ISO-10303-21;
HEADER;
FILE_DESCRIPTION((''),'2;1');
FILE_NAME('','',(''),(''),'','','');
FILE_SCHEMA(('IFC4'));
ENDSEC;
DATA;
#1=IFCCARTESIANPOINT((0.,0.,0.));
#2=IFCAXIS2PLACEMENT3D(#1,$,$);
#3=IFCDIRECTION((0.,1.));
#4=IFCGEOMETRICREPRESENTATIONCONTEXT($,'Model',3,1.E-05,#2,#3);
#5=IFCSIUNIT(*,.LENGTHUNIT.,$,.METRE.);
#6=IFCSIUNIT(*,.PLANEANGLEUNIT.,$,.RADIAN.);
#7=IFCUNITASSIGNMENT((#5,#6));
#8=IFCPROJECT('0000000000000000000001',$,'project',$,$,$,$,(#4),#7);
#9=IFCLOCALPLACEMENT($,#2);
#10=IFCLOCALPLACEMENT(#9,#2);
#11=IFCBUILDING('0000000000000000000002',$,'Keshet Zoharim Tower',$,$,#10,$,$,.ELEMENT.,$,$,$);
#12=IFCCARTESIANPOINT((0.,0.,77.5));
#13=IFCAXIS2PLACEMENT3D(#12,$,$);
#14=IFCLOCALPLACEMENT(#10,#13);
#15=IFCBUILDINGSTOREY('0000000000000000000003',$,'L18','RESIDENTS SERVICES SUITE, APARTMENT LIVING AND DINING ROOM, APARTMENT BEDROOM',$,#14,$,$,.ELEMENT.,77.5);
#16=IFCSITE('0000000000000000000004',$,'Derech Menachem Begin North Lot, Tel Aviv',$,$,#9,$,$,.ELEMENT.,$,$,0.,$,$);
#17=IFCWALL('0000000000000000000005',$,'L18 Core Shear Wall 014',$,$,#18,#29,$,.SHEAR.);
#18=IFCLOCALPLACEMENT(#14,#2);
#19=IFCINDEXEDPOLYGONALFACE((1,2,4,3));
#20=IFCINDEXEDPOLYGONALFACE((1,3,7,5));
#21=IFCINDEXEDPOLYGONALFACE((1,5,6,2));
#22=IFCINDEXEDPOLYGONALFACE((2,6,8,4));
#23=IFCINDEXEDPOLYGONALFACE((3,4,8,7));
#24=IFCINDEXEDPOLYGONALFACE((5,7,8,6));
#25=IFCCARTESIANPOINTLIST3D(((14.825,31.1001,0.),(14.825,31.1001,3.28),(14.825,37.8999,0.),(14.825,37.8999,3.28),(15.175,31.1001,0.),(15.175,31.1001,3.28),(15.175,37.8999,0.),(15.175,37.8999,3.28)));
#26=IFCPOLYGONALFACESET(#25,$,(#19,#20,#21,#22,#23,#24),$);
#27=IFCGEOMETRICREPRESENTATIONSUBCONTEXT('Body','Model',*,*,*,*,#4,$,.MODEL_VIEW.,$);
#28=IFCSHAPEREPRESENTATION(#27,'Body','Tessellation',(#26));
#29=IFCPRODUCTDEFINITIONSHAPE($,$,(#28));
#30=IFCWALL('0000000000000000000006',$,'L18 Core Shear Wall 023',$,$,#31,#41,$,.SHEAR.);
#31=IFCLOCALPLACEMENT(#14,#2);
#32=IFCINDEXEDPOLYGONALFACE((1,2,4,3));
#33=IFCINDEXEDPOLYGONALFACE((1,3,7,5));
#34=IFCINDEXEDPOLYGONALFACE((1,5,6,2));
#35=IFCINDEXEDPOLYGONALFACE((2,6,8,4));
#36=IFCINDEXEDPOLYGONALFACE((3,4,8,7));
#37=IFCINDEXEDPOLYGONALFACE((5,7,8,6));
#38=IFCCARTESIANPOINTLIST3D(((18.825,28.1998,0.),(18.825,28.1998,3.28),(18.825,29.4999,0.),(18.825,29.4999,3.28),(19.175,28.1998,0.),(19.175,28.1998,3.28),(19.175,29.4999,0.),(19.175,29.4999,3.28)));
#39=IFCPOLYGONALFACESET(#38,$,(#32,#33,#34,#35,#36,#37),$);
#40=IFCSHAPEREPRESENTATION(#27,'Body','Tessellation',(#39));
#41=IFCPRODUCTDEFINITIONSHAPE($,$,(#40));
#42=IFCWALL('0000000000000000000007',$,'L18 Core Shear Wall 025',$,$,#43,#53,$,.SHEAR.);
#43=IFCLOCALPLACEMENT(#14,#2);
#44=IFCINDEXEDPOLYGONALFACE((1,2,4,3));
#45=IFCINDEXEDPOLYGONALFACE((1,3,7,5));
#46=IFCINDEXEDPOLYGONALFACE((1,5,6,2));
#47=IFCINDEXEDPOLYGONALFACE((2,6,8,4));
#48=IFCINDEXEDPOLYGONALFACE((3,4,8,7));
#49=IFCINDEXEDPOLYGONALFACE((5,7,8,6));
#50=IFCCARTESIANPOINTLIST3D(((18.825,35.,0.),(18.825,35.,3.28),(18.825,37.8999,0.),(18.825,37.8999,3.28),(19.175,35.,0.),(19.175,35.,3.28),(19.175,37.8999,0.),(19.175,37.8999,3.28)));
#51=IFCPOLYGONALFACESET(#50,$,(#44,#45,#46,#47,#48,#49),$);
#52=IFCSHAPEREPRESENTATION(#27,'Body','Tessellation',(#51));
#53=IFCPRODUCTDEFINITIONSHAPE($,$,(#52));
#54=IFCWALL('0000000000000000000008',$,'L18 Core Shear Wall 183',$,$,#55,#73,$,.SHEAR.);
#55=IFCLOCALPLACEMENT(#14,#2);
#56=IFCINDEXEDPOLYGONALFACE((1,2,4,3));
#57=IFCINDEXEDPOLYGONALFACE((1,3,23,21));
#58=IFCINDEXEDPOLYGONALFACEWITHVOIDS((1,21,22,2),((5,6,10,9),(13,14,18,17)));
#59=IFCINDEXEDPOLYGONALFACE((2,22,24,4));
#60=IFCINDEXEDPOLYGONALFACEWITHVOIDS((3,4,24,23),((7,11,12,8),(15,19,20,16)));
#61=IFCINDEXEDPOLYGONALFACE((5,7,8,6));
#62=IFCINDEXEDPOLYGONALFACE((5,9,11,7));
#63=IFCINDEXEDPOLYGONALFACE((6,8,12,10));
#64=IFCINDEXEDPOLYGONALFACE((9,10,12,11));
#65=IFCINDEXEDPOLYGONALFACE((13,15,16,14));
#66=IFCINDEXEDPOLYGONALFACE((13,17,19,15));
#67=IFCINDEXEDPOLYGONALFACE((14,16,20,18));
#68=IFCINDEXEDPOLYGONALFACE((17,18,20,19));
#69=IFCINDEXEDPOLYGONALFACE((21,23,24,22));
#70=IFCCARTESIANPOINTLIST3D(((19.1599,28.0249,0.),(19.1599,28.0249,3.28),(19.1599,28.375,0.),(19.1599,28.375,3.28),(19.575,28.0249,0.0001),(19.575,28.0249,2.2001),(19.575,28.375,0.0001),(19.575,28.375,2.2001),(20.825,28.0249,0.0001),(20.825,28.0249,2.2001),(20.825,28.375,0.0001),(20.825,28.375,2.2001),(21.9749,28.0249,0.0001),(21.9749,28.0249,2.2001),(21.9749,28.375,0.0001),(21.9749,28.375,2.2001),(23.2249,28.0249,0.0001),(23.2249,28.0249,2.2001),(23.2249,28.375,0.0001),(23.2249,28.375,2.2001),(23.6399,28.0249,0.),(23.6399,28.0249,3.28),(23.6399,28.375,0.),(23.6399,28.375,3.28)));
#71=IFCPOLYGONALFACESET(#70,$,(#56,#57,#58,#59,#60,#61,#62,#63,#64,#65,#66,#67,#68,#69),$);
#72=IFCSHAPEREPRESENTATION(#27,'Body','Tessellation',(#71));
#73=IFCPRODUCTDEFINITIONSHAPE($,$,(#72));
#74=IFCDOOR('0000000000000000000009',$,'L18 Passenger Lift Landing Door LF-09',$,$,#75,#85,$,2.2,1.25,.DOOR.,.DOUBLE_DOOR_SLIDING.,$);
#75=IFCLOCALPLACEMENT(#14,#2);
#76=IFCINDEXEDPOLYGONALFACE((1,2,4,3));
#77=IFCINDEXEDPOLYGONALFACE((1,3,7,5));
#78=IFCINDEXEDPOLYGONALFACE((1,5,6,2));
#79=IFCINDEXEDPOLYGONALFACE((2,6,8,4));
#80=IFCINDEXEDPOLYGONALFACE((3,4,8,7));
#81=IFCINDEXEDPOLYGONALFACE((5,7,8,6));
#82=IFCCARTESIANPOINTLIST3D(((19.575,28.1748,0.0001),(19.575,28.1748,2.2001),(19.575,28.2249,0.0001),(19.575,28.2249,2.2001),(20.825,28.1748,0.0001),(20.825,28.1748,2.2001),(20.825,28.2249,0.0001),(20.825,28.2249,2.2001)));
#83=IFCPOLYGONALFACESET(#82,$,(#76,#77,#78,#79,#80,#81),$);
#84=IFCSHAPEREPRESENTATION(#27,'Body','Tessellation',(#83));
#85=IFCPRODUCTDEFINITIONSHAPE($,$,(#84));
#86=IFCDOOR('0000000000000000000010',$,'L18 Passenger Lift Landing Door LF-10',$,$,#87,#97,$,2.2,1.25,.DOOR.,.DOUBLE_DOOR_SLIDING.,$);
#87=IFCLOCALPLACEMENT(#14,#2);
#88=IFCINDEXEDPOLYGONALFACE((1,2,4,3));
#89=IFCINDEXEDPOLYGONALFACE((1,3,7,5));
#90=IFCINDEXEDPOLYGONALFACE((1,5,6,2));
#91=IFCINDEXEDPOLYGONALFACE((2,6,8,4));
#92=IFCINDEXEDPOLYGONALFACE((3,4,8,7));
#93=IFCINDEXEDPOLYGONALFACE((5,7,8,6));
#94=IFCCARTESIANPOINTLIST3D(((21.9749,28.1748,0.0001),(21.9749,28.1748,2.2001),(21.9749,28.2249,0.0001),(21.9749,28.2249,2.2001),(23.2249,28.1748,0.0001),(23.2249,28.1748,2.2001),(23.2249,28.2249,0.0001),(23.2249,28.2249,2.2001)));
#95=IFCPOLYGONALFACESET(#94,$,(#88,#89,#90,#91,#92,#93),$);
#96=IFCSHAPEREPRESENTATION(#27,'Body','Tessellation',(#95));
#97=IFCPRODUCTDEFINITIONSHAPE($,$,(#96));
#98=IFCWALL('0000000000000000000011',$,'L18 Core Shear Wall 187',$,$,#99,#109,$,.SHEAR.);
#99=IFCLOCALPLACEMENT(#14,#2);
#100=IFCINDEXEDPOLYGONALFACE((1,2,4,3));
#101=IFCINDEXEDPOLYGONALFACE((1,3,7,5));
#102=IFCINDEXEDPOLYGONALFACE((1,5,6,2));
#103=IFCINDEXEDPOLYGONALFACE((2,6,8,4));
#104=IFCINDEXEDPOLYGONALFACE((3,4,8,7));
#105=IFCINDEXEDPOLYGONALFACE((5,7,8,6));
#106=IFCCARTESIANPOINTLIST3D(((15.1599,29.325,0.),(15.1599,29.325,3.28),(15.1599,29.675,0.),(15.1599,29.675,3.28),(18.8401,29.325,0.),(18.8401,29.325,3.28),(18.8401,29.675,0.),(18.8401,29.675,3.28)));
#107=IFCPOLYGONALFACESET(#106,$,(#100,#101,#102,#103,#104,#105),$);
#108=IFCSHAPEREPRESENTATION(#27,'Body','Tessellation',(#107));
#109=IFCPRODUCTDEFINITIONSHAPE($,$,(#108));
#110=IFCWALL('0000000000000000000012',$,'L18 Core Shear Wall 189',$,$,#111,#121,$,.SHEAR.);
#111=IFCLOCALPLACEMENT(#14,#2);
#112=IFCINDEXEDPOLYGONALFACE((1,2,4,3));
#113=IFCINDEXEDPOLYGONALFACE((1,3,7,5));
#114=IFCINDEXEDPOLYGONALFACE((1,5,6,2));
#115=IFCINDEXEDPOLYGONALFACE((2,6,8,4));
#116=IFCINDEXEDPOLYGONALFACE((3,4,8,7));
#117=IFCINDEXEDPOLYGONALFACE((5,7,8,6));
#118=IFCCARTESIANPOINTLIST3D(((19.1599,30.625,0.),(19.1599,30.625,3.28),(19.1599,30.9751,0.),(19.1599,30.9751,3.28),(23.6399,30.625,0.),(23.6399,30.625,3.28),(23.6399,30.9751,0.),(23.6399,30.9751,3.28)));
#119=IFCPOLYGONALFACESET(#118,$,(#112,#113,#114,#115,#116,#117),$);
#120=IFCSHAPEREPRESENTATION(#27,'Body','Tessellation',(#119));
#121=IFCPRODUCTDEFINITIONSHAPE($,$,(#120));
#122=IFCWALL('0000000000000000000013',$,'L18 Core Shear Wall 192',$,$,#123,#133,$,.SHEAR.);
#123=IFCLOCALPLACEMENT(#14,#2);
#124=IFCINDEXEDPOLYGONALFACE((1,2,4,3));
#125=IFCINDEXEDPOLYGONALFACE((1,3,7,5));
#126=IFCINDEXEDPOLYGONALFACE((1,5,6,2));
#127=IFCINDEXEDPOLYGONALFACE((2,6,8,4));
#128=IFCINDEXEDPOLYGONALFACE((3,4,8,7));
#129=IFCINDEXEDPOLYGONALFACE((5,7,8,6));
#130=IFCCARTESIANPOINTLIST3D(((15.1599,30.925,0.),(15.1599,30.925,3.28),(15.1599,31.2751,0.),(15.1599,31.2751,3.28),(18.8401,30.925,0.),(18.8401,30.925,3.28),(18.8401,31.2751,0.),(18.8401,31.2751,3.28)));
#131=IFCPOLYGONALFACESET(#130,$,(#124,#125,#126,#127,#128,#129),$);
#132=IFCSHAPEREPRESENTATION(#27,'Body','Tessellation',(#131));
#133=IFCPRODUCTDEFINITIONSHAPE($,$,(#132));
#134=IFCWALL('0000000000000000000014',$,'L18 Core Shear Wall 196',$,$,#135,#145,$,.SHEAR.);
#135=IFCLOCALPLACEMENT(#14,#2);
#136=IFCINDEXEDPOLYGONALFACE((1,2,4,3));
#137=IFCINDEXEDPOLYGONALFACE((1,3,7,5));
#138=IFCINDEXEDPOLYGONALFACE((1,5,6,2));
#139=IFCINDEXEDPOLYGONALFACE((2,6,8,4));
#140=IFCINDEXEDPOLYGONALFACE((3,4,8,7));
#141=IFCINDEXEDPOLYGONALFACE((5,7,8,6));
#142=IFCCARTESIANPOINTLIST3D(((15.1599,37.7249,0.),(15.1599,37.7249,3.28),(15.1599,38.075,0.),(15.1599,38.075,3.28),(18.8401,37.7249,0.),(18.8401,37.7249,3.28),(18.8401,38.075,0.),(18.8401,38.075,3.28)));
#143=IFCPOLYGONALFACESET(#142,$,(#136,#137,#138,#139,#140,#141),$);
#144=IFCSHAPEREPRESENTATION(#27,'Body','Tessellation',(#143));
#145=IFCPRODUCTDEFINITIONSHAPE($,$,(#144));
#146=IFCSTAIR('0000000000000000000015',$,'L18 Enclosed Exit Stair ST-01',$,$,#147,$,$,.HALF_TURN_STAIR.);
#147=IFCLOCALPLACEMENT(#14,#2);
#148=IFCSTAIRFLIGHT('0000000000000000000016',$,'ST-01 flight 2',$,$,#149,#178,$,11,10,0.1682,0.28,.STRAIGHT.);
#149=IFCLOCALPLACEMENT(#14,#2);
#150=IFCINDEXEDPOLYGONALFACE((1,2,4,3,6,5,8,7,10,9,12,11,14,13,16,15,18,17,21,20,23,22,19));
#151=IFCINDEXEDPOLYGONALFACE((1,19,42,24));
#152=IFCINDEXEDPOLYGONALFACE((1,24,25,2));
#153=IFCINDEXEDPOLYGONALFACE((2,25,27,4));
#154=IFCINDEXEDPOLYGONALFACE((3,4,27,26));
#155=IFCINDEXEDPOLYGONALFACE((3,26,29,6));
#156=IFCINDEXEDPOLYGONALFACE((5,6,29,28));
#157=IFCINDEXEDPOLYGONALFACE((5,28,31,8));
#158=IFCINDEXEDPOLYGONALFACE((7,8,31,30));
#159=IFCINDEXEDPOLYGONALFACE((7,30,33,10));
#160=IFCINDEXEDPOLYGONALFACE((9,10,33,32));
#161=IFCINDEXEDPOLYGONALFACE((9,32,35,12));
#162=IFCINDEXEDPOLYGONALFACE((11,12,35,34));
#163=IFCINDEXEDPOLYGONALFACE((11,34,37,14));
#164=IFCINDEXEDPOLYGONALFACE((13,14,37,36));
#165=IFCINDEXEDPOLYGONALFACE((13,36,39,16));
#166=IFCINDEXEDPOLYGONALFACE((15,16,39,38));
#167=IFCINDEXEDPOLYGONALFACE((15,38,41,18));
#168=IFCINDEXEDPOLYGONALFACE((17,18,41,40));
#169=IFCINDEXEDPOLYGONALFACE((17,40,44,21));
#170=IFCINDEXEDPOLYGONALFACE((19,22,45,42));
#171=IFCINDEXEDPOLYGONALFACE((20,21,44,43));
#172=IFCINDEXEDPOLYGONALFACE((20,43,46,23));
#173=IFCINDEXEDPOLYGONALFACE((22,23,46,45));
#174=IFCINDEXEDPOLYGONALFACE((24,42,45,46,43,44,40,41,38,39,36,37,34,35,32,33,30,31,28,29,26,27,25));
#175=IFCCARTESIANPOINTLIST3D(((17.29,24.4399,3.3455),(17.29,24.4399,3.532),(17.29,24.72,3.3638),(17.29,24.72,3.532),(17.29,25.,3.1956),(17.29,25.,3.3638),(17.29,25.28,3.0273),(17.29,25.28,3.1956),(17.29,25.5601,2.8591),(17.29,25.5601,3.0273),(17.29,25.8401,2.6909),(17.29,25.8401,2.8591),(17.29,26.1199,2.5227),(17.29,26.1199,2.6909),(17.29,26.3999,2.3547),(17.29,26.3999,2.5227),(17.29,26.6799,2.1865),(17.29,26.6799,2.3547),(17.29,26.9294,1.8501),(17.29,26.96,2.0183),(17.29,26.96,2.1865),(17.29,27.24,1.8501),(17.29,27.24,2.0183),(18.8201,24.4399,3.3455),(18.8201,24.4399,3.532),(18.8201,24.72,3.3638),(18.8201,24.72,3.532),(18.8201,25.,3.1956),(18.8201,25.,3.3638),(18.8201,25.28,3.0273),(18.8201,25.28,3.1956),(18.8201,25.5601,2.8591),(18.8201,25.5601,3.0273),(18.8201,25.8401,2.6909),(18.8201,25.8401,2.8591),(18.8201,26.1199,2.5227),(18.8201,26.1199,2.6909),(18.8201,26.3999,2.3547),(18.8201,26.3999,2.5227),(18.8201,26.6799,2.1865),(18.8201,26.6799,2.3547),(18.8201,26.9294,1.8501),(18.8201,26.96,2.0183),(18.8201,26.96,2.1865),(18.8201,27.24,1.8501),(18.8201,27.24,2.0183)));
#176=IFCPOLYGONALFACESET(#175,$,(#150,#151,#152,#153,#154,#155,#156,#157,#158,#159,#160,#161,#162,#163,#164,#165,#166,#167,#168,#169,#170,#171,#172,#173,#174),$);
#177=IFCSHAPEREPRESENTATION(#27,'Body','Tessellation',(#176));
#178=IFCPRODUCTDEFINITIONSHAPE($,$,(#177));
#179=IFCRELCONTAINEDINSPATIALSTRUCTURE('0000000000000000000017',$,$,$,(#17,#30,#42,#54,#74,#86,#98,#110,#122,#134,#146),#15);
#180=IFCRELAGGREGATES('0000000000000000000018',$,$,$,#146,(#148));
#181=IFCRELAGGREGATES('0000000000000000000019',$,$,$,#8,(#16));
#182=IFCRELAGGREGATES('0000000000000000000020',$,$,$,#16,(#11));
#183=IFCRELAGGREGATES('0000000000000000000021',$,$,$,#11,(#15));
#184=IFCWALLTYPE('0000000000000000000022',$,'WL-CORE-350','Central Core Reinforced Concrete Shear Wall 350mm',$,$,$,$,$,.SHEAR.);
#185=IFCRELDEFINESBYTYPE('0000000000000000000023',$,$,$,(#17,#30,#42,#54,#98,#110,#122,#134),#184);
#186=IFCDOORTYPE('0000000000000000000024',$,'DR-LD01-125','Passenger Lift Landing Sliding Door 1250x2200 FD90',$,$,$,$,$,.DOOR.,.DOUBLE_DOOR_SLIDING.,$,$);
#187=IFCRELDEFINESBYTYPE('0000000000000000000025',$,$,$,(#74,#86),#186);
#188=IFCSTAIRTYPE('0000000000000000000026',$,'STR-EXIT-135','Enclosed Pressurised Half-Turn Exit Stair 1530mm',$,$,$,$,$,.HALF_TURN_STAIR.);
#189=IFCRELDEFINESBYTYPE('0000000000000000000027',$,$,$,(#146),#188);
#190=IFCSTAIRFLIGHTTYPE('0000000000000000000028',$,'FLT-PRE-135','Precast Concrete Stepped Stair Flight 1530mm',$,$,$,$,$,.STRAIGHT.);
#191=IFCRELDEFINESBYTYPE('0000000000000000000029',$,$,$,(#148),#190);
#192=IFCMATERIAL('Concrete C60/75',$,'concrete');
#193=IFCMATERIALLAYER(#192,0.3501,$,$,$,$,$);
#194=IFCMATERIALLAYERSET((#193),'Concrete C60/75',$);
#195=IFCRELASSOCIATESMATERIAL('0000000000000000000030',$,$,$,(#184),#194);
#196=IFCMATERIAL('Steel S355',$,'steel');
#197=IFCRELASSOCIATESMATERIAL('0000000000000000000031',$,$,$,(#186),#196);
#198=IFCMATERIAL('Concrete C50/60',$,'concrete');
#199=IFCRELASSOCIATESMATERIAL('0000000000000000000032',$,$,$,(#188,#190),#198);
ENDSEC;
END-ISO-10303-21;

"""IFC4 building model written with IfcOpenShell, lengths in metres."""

from ifc_helpers import new_model, si_unit, direction, frame, frame_2d, origin, place, context, subcontext, project, spatial, polyline, rectangle, outline, extrude, material, layer, layer_set, type_object, element, fill, aggregate, save


model = new_model("IFC4")

# Units and contexts
model_context = context("Model", 3, precision=1e-05, world=origin(), true_north=direction((0.0, 1.0)))
body_context = subcontext(model_context, "Body", "Model", "MODEL_VIEW")
ifc_project = project(units=[si_unit("LENGTHUNIT", "METRE"), si_unit("PLANEANGLEUNIT", "RADIAN")], contexts=[model_context])

# Site, building, storey
site_placement = place(None, origin())
site = spatial("IfcSite", under=ifc_project, at=site_placement, Name="Derech Menachem Begin North Lot, Tel Aviv", CompositionType="ELEMENT", RefElevation=0.0)
building_placement = place(site_placement, origin())
building = spatial("IfcBuilding", under=site, at=building_placement, Name="Keshet Zoharim Tower", CompositionType="ELEMENT")
storey_placement = place(building_placement, frame((0.0, 0.0, 77.5)))
storey = spatial("IfcBuildingStorey", under=building, at=storey_placement, Name="L18", Description="RESIDENTS SERVICES SUITE, APARTMENT LIVING AND DINING ROOM, APARTMENT BEDROOM", CompositionType="ELEMENT", Elevation=77.5)

# Walls
ifc_material_1 = material(Name="Concrete C60/75", Category="concrete")
ifc_layer_1 = layer(ifc_material_1, 0.3501)
ifc_layer_set_1 = layer_set([ifc_layer_1], Name="Concrete C60/75")
wall_type = type_object("IfcWallType", Name="WL-CORE-350", Description="Central Core Reinforced Concrete Shear Wall 350mm", PredefinedType="SHEAR", material=ifc_layer_set_1)
wall_1_placement = place(storey_placement, frame((15.0, 31.1001, 0.0), z_axis=(0.0, 0.0, 1.0), x_axis=(0.0, 1.0, 0.0)))
element("IfcWall", 1, at=wall_1_placement, inside=storey, type_object=wall_type, Name="L18 Core Shear Wall 014", PredefinedType="SHEAR", context=body_context, shape_type="SweptSolid", body=[
    extrude(rectangle(XDim=6.7998, YDim=0.3501, at=frame_2d((3.3999, 0.0))), origin(), (0.0, 0.0, 1.0), 3.28),
])
wall_2_placement = place(storey_placement, frame((19.0, 28.2, 0.0), z_axis=(0.0, 0.0, 1.0), x_axis=(0.0, 1.0, 0.0)))
element("IfcWall", 2, at=wall_2_placement, inside=storey, type_object=wall_type, Name="L18 Core Shear Wall 023", PredefinedType="SHEAR", context=body_context, shape_type="SweptSolid", body=[
    extrude(rectangle(XDim=1.3, YDim=0.3501, at=frame_2d((0.6499, 0.0))), origin(), (0.0, 0.0, 1.0), 3.28),
])

# Wall
wall_3_placement = place(storey_placement, frame((19.0, 35.0, 0.0), z_axis=(0.0, 0.0, 1.0), x_axis=(0.0, 1.0, 0.0)))
element("IfcWall", 3, at=wall_3_placement, inside=storey, type_object=wall_type, Name="L18 Core Shear Wall 025", PredefinedType="SHEAR", context=body_context, shape_type="SweptSolid", body=[
    extrude(rectangle(XDim=2.8999, YDim=0.3501, at=frame_2d((1.45, 0.0))), origin(), (0.0, 0.0, 1.0), 3.28),
])

# Wall, openings, doors
wall_4_placement = place(storey_placement, frame((19.1599, 28.2, 0.0), z_axis=(0.0, 0.0, 1.0), x_axis=(1.0, 0.0, 0.0)))
wall_4 = element("IfcWall", 4, at=wall_4_placement, inside=storey, type_object=wall_type, Name="L18 Core Shear Wall 183", PredefinedType="SHEAR", context=body_context, shape_type="SweptSolid", body=[
    extrude(rectangle(XDim=4.48, YDim=0.3501, at=frame_2d((2.24, 0.0))), origin(), (0.0, 0.0, 1.0), 3.28),
])
opening_1_placement = place(wall_4_placement, frame((0.415, 0.0, 0.0)))
opening_1 = element("IfcOpeningElement", 5, at=opening_1_placement, cuts=wall_4, PredefinedType="OPENING", context=body_context, shape_type="SweptSolid", body=[
    extrude(rectangle(XDim=1.25, YDim=2.2, at=frame_2d((0.625, 1.1001))), frame((0.0, 0.1851, 0.0), z_axis=(0.0, -1.0, 0.0), x_axis=(1.0, 0.0, 0.0)), (0.0, 0.0, 1.0), 0.3701),
])
opening_2_placement = place(wall_4_placement, frame((2.8149, 0.0, 0.0)))
opening_2 = element("IfcOpeningElement", 6, at=opening_2_placement, cuts=wall_4, PredefinedType="OPENING", context=body_context, shape_type="SweptSolid", body=[
    extrude(rectangle(XDim=1.25, YDim=2.2, at=frame_2d((0.625, 1.1001))), frame((0.0, 0.1851, 0.0), z_axis=(0.0, -1.0, 0.0), x_axis=(1.0, 0.0, 0.0)), (0.0, 0.0, 1.0), 0.3701),
])
ifc_material_2 = material(Name="Steel S355", Category="steel")
door_type_1 = type_object("IfcDoorType", Name="DR-LD01-125", Description="Passenger Lift Landing Sliding Door 1250x2200 FD90", OperationType="DOUBLE_DOOR_SLIDING", PredefinedType="DOOR", material=ifc_material_2)
door_1_placement = place(opening_1_placement, origin())
door_1 = element("IfcDoor", 7, at=door_1_placement, inside=storey, type_object=door_type_1, Name="L18 Passenger Lift Landing Door LF-09", OperationType="DOUBLE_DOOR_SLIDING", OverallHeight=2.2, OverallWidth=1.25, PredefinedType="DOOR", context=body_context, shape_type="SweptSolid", body=[
    extrude(rectangle(XDim=1.25, YDim=2.2, at=frame_2d((0.625, 1.1001))), frame((0.0, 0.0249, 0.0), z_axis=(0.0, -1.0, 0.0), x_axis=(1.0, 0.0, 0.0)), (0.0, 0.0, 1.0), 0.05),
])
fill(opening_1, door_1)
door_2_placement = place(opening_2_placement, origin())
door_2 = element("IfcDoor", 8, at=door_2_placement, inside=storey, type_object=door_type_1, Name="L18 Passenger Lift Landing Door LF-10", OperationType="DOUBLE_DOOR_SLIDING", OverallHeight=2.2, OverallWidth=1.25, PredefinedType="DOOR", context=body_context, shape_type="SweptSolid", body=[
    extrude(rectangle(XDim=1.25, YDim=2.2, at=frame_2d((0.625, 1.1001))), frame((0.0, 0.0249, 0.0), z_axis=(0.0, -1.0, 0.0), x_axis=(1.0, 0.0, 0.0)), (0.0, 0.0, 1.0), 0.05),
])
fill(opening_2, door_2)

# Walls
wall_5_placement = place(storey_placement, frame((15.1599, 29.5, 0.0), z_axis=(0.0, 0.0, 1.0), x_axis=(1.0, 0.0, 0.0)))
element("IfcWall", 9, at=wall_5_placement, inside=storey, type_object=wall_type, Name="L18 Core Shear Wall 187", PredefinedType="SHEAR", context=body_context, shape_type="SweptSolid", body=[
    extrude(rectangle(XDim=3.6802, YDim=0.3501, at=frame_2d((1.8401, 0.0))), origin(), (0.0, 0.0, 1.0), 3.28),
])
wall_6_placement = place(storey_placement, frame((19.1599, 30.8, 0.0), z_axis=(0.0, 0.0, 1.0), x_axis=(1.0, 0.0, 0.0)))
element("IfcWall", 10, at=wall_6_placement, inside=storey, type_object=wall_type, Name="L18 Core Shear Wall 189", PredefinedType="SHEAR", context=body_context, shape_type="SweptSolid", body=[
    extrude(rectangle(XDim=4.48, YDim=0.3501, at=frame_2d((2.24, 0.0))), origin(), (0.0, 0.0, 1.0), 3.28),
])
for number, where, z_axis, x_axis, name in (
    (11, (15.1599, 31.1001, 0.0), (0.0, 0.0, 1.0), (1.0, 0.0, 0.0), "L18 Core Shear Wall 192"),
    (12, (15.1599, 37.8999, 0.0), (0.0, 0.0, 1.0), (1.0, 0.0, 0.0), "L18 Core Shear Wall 196"),
):
    element("IfcWall", number, at=place(storey_placement, frame(where, z_axis=z_axis, x_axis=x_axis)), inside=storey, type_object=wall_type, Name=name, PredefinedType="SHEAR", context=body_context, shape_type="SweptSolid", body=[
        extrude(rectangle(XDim=3.6802, YDim=0.3501, at=frame_2d((1.8401, 0.0))), origin(), (0.0, 0.0, 1.0), 3.28),
    ])

# Stair, stair flight
ifc_material_3 = material(Name="Concrete C50/60", Category="concrete")
stair_type = type_object("IfcStairType", Name="STR-EXIT-135", Description="Enclosed Pressurised Half-Turn Exit Stair 1530mm", PredefinedType="HALF_TURN_STAIR", material=ifc_material_3)
stair_1_placement = place(storey_placement, origin())
stair_1 = element("IfcStair", 13, at=stair_1_placement, inside=storey, type_object=stair_type, Name="L18 Enclosed Exit Stair ST-01", PredefinedType="HALF_TURN_STAIR")
stair_flight_type = type_object("IfcStairFlightType", Name="FLT-PRE-135", Description="Precast Concrete Stepped Stair Flight 1530mm", PredefinedType="STRAIGHT", material=ifc_material_3)
stair_flight_1_placement = place(storey_placement, frame((18.0549, 27.24, 1.8501), z_axis=(0.0, 0.0, 1.0), x_axis=(0.0, -1.0, 0.0)))
stair_flight_1 = element("IfcStairFlight", 14, at=stair_flight_1_placement, type_object=stair_flight_type, Name="ST-01 flight 2", NumberOfRisers=11, NumberOfTreads=10, PredefinedType="STRAIGHT", RiserHeight=0.1682, TreadLength=0.28, context=body_context, shape_type="SweptSolid", body=[
    extrude(outline(polyline([(0.0, 0.0), (0.0, 0.1682), (0.28, 0.1682), (0.28, 0.3364), (0.5601, 0.3364), (0.5601, 0.5046), (0.8401, 0.5046), (0.8401, 0.6726), (1.1201, 0.6726), (1.1201, 0.8408), (1.3999, 0.8408), (1.3999, 1.009), (1.6799, 1.009), (1.6799, 1.1772), (1.96, 1.1772), (1.96, 1.3455), (2.24, 1.3455), (2.24, 1.5137), (2.52, 1.5137), (2.52, 1.6819), (2.8, 1.6819), (2.8, 1.8501), (2.8, 1.4954), (0.3105, 0.0), (0.0, 0.0)])), frame((0.0, 0.7651, 0.0), z_axis=(0.0, -1.0, 0.0), x_axis=(1.0, 0.0, 0.0)), (0.0, 0.0, 1.0), 1.53),
])
aggregate(stair_1, [stair_flight_1])

save(model, "model.ifc")
